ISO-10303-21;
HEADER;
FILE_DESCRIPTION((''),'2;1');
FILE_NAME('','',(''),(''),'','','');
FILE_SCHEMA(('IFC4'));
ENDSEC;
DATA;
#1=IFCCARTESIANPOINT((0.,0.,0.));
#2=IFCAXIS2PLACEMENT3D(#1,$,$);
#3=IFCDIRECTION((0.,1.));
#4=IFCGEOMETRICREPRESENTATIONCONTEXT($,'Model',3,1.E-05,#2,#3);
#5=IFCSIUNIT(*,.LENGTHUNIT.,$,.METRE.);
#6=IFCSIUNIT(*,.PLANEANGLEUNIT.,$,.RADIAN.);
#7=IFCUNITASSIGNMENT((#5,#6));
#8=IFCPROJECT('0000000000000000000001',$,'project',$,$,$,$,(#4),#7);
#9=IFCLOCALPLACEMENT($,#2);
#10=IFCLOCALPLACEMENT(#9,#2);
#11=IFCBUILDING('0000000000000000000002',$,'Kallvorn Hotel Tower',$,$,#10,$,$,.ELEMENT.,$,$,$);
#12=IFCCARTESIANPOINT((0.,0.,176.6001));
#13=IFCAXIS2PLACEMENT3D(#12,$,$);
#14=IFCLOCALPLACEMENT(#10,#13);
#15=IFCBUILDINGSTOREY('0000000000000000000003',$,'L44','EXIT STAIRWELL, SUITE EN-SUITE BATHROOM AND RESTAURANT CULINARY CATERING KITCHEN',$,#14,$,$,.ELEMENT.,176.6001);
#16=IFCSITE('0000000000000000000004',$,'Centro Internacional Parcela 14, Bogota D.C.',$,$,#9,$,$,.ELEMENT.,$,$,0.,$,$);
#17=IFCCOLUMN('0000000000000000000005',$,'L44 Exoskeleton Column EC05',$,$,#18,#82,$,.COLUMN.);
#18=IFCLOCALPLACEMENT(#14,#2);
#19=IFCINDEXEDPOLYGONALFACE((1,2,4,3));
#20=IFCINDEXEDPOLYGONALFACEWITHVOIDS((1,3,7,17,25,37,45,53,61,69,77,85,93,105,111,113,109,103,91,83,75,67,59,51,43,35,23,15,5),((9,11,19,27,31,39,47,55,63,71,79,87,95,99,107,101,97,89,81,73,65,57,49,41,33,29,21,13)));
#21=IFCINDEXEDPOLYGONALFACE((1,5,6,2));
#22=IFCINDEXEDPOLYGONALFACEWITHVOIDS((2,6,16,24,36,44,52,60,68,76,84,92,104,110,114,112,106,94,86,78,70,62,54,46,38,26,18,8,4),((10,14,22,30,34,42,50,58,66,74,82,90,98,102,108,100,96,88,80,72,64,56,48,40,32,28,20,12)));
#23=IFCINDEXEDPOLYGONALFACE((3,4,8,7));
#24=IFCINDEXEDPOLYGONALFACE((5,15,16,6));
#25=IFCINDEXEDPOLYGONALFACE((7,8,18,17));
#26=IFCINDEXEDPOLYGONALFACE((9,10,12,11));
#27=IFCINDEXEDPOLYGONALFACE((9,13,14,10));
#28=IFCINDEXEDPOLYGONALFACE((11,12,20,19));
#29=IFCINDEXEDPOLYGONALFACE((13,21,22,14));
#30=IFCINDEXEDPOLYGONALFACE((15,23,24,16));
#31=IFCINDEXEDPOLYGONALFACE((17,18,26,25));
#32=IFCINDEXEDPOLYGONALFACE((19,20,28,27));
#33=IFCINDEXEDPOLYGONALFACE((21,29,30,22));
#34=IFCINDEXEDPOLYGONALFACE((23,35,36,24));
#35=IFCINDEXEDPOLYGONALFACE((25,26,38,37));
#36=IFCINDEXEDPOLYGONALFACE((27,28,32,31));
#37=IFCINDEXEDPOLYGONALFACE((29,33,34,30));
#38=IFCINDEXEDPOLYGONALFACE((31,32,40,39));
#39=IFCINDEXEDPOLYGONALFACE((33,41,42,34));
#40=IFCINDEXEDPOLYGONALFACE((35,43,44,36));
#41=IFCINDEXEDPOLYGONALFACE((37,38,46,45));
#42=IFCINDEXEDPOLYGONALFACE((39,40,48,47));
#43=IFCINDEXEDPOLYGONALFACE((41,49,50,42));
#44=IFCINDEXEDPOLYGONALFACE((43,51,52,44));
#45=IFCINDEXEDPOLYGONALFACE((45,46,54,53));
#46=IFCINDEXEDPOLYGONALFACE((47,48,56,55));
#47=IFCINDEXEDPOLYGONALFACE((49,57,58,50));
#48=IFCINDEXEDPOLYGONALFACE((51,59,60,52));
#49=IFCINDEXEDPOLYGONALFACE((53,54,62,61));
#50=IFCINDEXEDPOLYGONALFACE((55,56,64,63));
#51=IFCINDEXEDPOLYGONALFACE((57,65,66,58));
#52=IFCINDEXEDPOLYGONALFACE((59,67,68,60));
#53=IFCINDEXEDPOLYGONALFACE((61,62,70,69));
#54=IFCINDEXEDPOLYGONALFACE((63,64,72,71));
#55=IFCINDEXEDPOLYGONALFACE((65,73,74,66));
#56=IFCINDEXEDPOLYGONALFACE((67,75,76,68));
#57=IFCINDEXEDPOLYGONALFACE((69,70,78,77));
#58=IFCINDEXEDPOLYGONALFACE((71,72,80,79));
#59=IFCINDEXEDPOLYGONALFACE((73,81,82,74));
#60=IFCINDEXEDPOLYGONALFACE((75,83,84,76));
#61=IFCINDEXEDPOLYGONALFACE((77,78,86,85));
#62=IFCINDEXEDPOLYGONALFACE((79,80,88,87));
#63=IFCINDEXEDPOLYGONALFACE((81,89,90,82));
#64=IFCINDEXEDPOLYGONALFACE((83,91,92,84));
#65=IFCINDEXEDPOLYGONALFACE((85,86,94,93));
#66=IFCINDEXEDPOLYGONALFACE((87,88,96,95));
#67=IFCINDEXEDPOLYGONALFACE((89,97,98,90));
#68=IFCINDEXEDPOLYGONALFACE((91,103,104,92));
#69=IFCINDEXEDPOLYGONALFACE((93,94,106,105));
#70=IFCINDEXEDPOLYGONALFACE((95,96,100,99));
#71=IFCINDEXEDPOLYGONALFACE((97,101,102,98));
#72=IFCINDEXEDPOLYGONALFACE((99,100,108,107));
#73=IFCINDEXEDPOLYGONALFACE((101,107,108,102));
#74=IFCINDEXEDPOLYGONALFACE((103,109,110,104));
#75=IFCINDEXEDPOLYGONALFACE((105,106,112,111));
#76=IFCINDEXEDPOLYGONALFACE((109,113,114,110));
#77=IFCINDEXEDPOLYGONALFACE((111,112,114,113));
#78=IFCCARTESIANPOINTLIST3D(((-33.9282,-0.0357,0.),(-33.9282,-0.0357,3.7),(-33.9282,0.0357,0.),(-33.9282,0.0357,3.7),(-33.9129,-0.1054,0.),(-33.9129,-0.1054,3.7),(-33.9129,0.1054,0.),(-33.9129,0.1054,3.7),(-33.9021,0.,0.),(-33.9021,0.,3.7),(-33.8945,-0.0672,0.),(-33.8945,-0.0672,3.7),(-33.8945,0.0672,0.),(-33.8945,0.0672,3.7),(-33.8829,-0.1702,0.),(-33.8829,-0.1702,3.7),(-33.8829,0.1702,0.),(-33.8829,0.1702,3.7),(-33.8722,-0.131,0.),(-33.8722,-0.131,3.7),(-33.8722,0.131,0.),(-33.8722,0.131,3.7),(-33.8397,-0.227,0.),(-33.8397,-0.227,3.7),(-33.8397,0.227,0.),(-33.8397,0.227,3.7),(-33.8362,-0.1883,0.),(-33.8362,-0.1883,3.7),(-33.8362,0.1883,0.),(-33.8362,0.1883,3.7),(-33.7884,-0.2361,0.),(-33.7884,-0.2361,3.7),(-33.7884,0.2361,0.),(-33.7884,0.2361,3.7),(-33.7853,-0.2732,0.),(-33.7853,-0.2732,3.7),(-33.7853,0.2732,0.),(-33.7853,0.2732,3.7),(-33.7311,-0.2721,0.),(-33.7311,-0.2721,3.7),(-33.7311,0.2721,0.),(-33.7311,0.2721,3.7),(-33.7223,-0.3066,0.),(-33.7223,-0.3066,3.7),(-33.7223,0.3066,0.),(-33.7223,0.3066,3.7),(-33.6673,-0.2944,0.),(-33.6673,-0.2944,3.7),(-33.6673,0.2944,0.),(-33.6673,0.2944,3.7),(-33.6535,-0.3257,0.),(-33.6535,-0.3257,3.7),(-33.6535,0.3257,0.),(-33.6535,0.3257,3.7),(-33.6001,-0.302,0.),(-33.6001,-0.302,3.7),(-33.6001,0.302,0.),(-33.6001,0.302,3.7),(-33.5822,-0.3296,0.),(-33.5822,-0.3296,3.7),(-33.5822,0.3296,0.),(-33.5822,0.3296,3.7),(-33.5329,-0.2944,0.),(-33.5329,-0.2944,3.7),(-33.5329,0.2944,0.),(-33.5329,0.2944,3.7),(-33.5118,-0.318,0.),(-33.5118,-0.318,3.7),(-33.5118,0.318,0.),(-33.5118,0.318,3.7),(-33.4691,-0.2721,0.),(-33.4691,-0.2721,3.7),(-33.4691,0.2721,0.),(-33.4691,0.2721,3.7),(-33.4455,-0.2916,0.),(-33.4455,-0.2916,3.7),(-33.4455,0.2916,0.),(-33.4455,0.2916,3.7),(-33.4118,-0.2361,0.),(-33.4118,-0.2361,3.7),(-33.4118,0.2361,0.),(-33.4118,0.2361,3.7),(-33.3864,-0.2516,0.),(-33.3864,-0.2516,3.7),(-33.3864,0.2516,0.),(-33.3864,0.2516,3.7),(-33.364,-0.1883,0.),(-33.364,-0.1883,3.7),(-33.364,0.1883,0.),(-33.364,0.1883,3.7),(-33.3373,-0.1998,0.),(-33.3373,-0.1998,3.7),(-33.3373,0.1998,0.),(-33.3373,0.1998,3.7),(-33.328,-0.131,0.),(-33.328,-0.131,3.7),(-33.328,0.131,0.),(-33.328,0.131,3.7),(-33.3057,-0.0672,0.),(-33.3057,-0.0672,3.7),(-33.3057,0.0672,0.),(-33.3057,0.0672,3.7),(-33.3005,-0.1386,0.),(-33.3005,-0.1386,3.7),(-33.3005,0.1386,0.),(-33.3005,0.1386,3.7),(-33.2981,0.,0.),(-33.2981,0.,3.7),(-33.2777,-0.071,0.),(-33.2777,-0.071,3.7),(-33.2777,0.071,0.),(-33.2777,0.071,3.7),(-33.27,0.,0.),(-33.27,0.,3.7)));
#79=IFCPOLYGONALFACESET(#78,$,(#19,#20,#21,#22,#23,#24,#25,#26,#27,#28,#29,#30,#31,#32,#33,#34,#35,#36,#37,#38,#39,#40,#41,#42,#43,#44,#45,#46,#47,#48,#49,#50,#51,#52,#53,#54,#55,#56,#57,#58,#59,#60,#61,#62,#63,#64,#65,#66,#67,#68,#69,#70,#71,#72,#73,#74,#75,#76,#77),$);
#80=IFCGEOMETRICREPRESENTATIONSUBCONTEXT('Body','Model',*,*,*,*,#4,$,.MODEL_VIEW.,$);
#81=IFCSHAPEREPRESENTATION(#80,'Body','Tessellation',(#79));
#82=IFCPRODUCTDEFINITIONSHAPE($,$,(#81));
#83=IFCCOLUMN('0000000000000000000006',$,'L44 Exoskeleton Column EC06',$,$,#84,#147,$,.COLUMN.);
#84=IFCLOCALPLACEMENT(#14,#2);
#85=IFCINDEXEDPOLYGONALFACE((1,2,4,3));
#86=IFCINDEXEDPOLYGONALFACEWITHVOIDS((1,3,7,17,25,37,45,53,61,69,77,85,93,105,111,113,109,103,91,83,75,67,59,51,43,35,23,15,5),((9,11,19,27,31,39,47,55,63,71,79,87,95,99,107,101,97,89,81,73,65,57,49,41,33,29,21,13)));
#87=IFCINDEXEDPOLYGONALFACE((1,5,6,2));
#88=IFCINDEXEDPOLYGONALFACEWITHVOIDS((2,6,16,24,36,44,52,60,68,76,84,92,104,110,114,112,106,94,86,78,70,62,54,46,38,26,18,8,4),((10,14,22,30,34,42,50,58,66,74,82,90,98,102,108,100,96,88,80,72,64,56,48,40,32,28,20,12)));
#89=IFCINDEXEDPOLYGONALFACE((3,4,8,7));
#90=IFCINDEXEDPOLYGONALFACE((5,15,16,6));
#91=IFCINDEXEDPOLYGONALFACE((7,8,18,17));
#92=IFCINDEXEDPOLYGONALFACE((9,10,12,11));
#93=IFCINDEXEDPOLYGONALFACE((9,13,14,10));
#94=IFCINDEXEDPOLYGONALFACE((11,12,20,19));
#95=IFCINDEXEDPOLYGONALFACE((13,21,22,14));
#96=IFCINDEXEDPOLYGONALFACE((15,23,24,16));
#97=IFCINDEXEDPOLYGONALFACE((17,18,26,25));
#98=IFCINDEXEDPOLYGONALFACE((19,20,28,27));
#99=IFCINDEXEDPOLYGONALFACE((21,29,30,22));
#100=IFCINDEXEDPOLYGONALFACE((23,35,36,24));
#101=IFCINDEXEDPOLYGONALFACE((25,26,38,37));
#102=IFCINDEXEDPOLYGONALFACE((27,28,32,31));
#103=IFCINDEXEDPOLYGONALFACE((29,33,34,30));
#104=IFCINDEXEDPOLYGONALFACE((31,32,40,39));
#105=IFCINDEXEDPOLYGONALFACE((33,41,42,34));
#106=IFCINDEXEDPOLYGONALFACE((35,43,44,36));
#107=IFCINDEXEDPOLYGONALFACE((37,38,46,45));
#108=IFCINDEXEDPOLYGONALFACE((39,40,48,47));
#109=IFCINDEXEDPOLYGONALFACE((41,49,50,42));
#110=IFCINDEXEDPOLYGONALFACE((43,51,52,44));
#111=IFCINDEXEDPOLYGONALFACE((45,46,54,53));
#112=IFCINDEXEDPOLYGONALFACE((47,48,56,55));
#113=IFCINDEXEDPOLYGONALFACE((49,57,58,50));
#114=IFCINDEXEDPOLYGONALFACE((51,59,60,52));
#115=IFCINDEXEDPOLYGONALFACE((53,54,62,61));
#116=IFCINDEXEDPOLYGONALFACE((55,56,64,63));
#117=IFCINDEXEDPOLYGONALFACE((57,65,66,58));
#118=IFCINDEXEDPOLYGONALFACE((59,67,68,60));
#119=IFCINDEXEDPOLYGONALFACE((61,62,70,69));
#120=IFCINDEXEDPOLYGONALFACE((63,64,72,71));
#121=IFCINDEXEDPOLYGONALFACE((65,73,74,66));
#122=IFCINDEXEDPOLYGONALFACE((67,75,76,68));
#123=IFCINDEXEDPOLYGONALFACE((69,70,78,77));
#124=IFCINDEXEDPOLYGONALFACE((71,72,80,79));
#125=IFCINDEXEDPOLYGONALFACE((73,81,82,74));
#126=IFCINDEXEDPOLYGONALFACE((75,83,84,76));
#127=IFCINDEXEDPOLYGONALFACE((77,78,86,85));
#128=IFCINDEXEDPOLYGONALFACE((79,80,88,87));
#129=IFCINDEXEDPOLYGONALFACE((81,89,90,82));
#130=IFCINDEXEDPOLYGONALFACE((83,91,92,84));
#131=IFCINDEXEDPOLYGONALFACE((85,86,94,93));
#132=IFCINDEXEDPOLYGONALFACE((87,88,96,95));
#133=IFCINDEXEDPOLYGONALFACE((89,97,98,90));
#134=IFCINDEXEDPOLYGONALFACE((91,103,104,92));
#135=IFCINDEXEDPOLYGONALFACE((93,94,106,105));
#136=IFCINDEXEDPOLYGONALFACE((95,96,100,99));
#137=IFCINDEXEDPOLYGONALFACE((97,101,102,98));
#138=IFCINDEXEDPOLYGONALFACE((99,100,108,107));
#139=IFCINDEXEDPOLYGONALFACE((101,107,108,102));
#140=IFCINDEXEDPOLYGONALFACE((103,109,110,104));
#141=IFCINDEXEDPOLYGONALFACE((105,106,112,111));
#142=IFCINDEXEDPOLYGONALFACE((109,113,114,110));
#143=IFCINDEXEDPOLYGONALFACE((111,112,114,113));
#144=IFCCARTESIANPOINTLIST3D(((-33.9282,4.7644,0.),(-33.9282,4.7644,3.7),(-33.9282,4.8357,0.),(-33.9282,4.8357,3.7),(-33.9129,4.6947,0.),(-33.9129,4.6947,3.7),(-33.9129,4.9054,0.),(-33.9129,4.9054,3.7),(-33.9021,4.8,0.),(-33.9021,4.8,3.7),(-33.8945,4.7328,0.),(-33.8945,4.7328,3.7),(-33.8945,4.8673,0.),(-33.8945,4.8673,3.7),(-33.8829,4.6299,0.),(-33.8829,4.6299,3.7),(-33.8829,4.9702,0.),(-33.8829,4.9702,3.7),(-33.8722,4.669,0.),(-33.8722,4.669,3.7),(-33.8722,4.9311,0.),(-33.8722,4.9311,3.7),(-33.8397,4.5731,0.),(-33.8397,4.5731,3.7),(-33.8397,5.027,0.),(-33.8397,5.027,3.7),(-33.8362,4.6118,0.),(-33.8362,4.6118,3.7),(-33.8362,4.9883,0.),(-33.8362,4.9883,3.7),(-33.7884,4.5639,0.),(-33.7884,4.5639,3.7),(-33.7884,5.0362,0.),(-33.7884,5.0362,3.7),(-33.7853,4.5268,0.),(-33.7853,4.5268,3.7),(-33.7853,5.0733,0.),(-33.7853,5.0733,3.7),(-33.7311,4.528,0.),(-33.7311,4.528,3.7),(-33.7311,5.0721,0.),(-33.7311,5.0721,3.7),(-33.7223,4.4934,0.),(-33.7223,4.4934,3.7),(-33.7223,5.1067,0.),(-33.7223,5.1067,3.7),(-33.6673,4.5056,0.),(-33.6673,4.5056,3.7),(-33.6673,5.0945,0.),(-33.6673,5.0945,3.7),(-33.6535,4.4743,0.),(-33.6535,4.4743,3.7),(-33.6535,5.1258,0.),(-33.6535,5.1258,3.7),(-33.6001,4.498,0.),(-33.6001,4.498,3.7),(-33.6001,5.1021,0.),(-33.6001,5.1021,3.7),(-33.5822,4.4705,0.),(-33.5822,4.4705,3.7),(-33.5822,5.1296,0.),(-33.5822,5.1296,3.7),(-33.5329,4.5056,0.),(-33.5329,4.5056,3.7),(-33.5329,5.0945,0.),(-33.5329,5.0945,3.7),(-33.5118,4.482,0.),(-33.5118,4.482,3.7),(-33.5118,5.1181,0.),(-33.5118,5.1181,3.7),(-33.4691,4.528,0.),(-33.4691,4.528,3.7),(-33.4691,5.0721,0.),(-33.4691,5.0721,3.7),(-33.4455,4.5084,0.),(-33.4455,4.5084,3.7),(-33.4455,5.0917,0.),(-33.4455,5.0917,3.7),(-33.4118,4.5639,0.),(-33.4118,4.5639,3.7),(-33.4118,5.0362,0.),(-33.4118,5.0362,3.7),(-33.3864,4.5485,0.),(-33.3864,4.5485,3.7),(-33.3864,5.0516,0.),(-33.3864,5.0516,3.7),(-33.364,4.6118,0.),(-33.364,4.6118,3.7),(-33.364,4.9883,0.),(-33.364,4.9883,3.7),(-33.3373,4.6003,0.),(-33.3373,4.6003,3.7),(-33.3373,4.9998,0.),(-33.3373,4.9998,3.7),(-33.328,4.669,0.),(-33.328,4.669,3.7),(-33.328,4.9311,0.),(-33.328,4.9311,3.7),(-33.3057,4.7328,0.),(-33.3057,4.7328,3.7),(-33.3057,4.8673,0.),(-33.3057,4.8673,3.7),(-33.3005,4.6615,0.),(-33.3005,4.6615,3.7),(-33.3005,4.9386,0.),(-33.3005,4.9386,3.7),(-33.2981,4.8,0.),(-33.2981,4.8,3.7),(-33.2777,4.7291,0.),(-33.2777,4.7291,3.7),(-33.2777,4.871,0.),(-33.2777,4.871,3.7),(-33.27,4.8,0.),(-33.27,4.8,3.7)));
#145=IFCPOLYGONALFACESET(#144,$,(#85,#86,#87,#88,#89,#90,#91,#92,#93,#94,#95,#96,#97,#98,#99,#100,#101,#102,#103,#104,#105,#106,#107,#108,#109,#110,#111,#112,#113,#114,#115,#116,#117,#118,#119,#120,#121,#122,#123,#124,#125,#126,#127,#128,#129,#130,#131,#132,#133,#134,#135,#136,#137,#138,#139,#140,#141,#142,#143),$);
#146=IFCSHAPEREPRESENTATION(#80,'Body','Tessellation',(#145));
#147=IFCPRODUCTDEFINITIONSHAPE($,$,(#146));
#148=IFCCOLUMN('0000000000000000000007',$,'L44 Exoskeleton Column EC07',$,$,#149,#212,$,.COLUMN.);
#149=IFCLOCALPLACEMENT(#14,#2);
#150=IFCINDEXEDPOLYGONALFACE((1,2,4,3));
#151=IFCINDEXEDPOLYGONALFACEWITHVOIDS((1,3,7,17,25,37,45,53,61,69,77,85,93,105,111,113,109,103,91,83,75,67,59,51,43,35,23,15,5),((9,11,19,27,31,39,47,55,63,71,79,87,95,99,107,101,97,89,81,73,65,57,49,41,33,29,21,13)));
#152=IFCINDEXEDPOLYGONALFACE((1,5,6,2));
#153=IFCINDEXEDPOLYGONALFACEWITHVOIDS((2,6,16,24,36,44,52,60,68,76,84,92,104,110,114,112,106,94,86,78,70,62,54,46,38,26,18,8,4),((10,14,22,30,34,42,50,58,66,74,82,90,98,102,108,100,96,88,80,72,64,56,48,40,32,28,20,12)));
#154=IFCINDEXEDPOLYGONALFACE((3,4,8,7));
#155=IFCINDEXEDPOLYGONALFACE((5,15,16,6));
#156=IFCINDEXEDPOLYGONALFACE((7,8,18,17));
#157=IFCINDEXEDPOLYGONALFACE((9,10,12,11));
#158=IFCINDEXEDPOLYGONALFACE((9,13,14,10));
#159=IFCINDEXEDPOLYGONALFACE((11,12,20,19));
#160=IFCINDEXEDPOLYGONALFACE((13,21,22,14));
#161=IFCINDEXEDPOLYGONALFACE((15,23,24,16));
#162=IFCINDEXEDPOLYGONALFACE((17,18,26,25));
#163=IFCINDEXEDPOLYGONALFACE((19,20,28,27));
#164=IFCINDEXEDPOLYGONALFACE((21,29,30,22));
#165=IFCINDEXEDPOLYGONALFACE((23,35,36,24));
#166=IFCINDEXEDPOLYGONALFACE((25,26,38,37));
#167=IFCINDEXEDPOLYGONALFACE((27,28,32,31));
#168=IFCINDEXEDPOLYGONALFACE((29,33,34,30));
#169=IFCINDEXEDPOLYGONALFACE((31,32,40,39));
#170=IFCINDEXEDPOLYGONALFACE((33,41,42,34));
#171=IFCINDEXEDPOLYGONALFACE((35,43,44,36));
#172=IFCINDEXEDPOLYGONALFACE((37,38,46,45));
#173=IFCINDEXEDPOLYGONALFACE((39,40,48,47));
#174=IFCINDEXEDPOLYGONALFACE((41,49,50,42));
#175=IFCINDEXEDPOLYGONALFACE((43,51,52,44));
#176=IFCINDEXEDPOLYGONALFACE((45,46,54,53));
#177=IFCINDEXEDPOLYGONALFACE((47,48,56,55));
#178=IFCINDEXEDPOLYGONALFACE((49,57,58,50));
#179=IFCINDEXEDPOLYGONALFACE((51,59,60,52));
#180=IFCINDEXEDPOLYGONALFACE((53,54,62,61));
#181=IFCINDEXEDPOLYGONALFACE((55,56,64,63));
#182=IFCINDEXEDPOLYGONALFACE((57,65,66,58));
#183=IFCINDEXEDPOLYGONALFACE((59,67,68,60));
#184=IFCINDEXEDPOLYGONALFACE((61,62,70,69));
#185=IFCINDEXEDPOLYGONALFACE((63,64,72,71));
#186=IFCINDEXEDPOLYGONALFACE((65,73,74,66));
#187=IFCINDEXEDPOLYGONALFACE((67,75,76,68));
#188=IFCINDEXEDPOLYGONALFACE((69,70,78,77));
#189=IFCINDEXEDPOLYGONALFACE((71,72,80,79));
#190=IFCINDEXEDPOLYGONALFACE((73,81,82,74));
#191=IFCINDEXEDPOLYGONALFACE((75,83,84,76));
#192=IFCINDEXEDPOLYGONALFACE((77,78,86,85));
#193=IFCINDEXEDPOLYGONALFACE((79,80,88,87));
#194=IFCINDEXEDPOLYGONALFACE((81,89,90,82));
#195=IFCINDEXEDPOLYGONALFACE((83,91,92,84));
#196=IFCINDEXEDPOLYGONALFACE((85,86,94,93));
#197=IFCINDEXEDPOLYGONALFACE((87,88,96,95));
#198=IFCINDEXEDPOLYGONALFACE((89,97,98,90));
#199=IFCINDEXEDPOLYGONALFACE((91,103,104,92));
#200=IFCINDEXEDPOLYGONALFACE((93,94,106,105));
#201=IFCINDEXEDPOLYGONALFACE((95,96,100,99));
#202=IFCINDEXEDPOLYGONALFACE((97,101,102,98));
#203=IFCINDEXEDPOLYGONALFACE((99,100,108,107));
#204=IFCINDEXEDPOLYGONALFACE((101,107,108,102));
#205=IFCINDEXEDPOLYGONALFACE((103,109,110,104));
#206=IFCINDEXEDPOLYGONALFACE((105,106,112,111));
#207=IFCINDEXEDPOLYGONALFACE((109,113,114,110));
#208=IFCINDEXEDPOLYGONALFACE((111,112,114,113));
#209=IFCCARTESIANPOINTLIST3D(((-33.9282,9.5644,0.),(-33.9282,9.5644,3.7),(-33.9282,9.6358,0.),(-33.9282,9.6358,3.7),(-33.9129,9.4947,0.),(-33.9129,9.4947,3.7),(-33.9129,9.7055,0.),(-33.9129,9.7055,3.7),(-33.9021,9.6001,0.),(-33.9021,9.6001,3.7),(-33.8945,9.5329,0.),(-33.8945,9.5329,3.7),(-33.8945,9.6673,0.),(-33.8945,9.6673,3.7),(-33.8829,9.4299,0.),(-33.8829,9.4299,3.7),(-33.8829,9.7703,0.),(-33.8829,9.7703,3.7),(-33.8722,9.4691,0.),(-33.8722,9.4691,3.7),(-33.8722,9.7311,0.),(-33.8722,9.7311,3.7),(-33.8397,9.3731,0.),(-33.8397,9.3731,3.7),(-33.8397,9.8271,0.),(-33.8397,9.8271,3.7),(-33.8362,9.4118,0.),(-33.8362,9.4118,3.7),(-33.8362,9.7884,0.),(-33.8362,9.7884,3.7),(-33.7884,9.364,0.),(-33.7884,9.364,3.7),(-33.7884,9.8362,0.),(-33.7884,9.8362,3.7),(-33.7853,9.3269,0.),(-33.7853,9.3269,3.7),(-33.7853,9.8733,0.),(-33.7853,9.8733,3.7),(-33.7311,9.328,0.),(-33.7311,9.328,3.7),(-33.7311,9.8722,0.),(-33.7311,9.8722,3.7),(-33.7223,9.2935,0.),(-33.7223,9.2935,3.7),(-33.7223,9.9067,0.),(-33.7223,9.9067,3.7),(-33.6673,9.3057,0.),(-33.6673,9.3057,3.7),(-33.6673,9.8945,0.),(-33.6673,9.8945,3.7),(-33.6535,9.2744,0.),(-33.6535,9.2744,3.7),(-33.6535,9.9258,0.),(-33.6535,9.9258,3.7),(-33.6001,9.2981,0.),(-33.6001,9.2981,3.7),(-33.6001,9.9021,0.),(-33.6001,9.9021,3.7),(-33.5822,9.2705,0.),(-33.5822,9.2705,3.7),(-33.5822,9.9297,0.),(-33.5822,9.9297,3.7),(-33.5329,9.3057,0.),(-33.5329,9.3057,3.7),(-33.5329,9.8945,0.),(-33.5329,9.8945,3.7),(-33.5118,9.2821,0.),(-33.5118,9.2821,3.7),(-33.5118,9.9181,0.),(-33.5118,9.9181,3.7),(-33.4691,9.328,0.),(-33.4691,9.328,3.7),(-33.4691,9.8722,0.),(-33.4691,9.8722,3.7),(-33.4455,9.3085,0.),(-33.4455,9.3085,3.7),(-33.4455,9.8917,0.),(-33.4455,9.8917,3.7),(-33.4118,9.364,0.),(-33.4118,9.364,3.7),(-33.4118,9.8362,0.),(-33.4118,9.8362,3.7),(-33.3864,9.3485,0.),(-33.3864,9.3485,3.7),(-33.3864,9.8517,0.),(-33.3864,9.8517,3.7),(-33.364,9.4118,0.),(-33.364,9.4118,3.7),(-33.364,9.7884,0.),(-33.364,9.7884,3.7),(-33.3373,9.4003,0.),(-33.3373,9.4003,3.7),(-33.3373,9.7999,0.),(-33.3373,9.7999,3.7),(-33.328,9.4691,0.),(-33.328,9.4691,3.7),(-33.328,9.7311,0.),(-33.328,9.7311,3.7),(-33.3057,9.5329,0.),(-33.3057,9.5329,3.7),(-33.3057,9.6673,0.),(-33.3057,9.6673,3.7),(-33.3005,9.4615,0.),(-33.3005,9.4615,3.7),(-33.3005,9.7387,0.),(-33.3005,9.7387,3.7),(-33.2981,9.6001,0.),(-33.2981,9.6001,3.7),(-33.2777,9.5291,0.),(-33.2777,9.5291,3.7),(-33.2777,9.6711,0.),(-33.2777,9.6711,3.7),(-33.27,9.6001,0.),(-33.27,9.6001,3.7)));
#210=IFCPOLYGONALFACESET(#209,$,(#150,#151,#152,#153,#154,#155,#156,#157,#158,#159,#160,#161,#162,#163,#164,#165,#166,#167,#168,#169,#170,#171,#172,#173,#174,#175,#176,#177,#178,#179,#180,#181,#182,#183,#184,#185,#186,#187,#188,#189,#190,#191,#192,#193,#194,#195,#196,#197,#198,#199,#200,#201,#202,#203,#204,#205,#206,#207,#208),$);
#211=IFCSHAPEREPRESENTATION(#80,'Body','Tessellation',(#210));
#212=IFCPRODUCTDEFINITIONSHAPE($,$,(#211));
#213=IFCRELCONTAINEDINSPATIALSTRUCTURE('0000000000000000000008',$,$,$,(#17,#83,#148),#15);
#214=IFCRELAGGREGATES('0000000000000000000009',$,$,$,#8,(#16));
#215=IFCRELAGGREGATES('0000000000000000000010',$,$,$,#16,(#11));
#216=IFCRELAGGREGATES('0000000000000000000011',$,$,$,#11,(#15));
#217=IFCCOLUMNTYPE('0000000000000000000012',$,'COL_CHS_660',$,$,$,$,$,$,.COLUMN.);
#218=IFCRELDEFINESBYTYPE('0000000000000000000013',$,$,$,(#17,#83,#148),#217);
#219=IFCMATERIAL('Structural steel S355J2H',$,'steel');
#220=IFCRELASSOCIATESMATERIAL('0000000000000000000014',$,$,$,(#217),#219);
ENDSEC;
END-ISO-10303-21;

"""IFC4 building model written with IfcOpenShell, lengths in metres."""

from ifc_helpers import new_model, si_unit, direction, frame, origin, origin_2d, place, context, subcontext, project, spatial, hollow_circle, extrude, material, material_profile, profile_set, type_object, element, save


model = new_model("IFC4")

# Units and contexts
model_context = context("Model", 3, precision=1e-05, world=origin(), true_north=direction((0.0, 1.0)))
body_context = subcontext(model_context, "Body", "Model", "MODEL_VIEW")
ifc_project = project(units=[si_unit("LENGTHUNIT", "METRE"), si_unit("PLANEANGLEUNIT", "RADIAN")], contexts=[model_context])

# Site, building, storey
site_placement = place(None, origin())
site = spatial("IfcSite", under=ifc_project, at=site_placement, Name="Centro Internacional Parcela 14, Bogota D.C.", CompositionType="ELEMENT", RefElevation=0.0)
building_placement = place(site_placement, origin())
building = spatial("IfcBuilding", under=site, at=building_placement, Name="Kallvorn Hotel Tower", CompositionType="ELEMENT")
storey_placement = place(building_placement, frame((0.0, 0.0, 176.6001)))
storey = spatial("IfcBuildingStorey", under=building, at=storey_placement, Name="L44", Description="EXIT STAIRWELL, SUITE EN-SUITE BATHROOM AND RESTAURANT CULINARY CATERING KITCHEN", CompositionType="ELEMENT", Elevation=176.6001)

# Columns
ifc_material_1 = material(Name="Structural steel S355J2H", Category="steel")
ifc_material_profile_1 = material_profile(ifc_material_1, hollow_circle(Radius=0.3301, WallThickness=0.0281, at=origin_2d()), Name="CHS 660x28")
ifc_profile_set_1 = profile_set([ifc_material_profile_1], Name="Structural steel S355J2H")
column_type_1 = type_object("IfcColumnType", Name="COL_CHS_660", PredefinedType="COLUMN", material=ifc_profile_set_1)
for number, where, z_axis, x_axis, name in (
    (1, (-33.6001, 0.0, 0.0), (0.0, 0.0, 1.0), (1.0, 0.0, 0.0), "L44 Exoskeleton Column EC05"),
    (2, (-33.6001, 4.8, 0.0), (0.0, 0.0, 1.0), (1.0, 0.0, 0.0), "L44 Exoskeleton Column EC06"),
    (3, (-33.6001, 9.6001, 0.0), (0.0, 0.0, 1.0), (1.0, 0.0, 0.0), "L44 Exoskeleton Column EC07"),
):
    element("IfcColumn", number, at=place(storey_placement, frame(where, z_axis=z_axis, x_axis=x_axis)), inside=storey, type_object=column_type_1, Name=name, PredefinedType="COLUMN", context=body_context, shape_type="SweptSolid", body=[
        extrude(hollow_circle(Radius=0.3301, WallThickness=0.0281, at=origin_2d()), origin(), (0.0, 0.0, 1.0), 3.7),
    ])

save(model, "model.ifc")
